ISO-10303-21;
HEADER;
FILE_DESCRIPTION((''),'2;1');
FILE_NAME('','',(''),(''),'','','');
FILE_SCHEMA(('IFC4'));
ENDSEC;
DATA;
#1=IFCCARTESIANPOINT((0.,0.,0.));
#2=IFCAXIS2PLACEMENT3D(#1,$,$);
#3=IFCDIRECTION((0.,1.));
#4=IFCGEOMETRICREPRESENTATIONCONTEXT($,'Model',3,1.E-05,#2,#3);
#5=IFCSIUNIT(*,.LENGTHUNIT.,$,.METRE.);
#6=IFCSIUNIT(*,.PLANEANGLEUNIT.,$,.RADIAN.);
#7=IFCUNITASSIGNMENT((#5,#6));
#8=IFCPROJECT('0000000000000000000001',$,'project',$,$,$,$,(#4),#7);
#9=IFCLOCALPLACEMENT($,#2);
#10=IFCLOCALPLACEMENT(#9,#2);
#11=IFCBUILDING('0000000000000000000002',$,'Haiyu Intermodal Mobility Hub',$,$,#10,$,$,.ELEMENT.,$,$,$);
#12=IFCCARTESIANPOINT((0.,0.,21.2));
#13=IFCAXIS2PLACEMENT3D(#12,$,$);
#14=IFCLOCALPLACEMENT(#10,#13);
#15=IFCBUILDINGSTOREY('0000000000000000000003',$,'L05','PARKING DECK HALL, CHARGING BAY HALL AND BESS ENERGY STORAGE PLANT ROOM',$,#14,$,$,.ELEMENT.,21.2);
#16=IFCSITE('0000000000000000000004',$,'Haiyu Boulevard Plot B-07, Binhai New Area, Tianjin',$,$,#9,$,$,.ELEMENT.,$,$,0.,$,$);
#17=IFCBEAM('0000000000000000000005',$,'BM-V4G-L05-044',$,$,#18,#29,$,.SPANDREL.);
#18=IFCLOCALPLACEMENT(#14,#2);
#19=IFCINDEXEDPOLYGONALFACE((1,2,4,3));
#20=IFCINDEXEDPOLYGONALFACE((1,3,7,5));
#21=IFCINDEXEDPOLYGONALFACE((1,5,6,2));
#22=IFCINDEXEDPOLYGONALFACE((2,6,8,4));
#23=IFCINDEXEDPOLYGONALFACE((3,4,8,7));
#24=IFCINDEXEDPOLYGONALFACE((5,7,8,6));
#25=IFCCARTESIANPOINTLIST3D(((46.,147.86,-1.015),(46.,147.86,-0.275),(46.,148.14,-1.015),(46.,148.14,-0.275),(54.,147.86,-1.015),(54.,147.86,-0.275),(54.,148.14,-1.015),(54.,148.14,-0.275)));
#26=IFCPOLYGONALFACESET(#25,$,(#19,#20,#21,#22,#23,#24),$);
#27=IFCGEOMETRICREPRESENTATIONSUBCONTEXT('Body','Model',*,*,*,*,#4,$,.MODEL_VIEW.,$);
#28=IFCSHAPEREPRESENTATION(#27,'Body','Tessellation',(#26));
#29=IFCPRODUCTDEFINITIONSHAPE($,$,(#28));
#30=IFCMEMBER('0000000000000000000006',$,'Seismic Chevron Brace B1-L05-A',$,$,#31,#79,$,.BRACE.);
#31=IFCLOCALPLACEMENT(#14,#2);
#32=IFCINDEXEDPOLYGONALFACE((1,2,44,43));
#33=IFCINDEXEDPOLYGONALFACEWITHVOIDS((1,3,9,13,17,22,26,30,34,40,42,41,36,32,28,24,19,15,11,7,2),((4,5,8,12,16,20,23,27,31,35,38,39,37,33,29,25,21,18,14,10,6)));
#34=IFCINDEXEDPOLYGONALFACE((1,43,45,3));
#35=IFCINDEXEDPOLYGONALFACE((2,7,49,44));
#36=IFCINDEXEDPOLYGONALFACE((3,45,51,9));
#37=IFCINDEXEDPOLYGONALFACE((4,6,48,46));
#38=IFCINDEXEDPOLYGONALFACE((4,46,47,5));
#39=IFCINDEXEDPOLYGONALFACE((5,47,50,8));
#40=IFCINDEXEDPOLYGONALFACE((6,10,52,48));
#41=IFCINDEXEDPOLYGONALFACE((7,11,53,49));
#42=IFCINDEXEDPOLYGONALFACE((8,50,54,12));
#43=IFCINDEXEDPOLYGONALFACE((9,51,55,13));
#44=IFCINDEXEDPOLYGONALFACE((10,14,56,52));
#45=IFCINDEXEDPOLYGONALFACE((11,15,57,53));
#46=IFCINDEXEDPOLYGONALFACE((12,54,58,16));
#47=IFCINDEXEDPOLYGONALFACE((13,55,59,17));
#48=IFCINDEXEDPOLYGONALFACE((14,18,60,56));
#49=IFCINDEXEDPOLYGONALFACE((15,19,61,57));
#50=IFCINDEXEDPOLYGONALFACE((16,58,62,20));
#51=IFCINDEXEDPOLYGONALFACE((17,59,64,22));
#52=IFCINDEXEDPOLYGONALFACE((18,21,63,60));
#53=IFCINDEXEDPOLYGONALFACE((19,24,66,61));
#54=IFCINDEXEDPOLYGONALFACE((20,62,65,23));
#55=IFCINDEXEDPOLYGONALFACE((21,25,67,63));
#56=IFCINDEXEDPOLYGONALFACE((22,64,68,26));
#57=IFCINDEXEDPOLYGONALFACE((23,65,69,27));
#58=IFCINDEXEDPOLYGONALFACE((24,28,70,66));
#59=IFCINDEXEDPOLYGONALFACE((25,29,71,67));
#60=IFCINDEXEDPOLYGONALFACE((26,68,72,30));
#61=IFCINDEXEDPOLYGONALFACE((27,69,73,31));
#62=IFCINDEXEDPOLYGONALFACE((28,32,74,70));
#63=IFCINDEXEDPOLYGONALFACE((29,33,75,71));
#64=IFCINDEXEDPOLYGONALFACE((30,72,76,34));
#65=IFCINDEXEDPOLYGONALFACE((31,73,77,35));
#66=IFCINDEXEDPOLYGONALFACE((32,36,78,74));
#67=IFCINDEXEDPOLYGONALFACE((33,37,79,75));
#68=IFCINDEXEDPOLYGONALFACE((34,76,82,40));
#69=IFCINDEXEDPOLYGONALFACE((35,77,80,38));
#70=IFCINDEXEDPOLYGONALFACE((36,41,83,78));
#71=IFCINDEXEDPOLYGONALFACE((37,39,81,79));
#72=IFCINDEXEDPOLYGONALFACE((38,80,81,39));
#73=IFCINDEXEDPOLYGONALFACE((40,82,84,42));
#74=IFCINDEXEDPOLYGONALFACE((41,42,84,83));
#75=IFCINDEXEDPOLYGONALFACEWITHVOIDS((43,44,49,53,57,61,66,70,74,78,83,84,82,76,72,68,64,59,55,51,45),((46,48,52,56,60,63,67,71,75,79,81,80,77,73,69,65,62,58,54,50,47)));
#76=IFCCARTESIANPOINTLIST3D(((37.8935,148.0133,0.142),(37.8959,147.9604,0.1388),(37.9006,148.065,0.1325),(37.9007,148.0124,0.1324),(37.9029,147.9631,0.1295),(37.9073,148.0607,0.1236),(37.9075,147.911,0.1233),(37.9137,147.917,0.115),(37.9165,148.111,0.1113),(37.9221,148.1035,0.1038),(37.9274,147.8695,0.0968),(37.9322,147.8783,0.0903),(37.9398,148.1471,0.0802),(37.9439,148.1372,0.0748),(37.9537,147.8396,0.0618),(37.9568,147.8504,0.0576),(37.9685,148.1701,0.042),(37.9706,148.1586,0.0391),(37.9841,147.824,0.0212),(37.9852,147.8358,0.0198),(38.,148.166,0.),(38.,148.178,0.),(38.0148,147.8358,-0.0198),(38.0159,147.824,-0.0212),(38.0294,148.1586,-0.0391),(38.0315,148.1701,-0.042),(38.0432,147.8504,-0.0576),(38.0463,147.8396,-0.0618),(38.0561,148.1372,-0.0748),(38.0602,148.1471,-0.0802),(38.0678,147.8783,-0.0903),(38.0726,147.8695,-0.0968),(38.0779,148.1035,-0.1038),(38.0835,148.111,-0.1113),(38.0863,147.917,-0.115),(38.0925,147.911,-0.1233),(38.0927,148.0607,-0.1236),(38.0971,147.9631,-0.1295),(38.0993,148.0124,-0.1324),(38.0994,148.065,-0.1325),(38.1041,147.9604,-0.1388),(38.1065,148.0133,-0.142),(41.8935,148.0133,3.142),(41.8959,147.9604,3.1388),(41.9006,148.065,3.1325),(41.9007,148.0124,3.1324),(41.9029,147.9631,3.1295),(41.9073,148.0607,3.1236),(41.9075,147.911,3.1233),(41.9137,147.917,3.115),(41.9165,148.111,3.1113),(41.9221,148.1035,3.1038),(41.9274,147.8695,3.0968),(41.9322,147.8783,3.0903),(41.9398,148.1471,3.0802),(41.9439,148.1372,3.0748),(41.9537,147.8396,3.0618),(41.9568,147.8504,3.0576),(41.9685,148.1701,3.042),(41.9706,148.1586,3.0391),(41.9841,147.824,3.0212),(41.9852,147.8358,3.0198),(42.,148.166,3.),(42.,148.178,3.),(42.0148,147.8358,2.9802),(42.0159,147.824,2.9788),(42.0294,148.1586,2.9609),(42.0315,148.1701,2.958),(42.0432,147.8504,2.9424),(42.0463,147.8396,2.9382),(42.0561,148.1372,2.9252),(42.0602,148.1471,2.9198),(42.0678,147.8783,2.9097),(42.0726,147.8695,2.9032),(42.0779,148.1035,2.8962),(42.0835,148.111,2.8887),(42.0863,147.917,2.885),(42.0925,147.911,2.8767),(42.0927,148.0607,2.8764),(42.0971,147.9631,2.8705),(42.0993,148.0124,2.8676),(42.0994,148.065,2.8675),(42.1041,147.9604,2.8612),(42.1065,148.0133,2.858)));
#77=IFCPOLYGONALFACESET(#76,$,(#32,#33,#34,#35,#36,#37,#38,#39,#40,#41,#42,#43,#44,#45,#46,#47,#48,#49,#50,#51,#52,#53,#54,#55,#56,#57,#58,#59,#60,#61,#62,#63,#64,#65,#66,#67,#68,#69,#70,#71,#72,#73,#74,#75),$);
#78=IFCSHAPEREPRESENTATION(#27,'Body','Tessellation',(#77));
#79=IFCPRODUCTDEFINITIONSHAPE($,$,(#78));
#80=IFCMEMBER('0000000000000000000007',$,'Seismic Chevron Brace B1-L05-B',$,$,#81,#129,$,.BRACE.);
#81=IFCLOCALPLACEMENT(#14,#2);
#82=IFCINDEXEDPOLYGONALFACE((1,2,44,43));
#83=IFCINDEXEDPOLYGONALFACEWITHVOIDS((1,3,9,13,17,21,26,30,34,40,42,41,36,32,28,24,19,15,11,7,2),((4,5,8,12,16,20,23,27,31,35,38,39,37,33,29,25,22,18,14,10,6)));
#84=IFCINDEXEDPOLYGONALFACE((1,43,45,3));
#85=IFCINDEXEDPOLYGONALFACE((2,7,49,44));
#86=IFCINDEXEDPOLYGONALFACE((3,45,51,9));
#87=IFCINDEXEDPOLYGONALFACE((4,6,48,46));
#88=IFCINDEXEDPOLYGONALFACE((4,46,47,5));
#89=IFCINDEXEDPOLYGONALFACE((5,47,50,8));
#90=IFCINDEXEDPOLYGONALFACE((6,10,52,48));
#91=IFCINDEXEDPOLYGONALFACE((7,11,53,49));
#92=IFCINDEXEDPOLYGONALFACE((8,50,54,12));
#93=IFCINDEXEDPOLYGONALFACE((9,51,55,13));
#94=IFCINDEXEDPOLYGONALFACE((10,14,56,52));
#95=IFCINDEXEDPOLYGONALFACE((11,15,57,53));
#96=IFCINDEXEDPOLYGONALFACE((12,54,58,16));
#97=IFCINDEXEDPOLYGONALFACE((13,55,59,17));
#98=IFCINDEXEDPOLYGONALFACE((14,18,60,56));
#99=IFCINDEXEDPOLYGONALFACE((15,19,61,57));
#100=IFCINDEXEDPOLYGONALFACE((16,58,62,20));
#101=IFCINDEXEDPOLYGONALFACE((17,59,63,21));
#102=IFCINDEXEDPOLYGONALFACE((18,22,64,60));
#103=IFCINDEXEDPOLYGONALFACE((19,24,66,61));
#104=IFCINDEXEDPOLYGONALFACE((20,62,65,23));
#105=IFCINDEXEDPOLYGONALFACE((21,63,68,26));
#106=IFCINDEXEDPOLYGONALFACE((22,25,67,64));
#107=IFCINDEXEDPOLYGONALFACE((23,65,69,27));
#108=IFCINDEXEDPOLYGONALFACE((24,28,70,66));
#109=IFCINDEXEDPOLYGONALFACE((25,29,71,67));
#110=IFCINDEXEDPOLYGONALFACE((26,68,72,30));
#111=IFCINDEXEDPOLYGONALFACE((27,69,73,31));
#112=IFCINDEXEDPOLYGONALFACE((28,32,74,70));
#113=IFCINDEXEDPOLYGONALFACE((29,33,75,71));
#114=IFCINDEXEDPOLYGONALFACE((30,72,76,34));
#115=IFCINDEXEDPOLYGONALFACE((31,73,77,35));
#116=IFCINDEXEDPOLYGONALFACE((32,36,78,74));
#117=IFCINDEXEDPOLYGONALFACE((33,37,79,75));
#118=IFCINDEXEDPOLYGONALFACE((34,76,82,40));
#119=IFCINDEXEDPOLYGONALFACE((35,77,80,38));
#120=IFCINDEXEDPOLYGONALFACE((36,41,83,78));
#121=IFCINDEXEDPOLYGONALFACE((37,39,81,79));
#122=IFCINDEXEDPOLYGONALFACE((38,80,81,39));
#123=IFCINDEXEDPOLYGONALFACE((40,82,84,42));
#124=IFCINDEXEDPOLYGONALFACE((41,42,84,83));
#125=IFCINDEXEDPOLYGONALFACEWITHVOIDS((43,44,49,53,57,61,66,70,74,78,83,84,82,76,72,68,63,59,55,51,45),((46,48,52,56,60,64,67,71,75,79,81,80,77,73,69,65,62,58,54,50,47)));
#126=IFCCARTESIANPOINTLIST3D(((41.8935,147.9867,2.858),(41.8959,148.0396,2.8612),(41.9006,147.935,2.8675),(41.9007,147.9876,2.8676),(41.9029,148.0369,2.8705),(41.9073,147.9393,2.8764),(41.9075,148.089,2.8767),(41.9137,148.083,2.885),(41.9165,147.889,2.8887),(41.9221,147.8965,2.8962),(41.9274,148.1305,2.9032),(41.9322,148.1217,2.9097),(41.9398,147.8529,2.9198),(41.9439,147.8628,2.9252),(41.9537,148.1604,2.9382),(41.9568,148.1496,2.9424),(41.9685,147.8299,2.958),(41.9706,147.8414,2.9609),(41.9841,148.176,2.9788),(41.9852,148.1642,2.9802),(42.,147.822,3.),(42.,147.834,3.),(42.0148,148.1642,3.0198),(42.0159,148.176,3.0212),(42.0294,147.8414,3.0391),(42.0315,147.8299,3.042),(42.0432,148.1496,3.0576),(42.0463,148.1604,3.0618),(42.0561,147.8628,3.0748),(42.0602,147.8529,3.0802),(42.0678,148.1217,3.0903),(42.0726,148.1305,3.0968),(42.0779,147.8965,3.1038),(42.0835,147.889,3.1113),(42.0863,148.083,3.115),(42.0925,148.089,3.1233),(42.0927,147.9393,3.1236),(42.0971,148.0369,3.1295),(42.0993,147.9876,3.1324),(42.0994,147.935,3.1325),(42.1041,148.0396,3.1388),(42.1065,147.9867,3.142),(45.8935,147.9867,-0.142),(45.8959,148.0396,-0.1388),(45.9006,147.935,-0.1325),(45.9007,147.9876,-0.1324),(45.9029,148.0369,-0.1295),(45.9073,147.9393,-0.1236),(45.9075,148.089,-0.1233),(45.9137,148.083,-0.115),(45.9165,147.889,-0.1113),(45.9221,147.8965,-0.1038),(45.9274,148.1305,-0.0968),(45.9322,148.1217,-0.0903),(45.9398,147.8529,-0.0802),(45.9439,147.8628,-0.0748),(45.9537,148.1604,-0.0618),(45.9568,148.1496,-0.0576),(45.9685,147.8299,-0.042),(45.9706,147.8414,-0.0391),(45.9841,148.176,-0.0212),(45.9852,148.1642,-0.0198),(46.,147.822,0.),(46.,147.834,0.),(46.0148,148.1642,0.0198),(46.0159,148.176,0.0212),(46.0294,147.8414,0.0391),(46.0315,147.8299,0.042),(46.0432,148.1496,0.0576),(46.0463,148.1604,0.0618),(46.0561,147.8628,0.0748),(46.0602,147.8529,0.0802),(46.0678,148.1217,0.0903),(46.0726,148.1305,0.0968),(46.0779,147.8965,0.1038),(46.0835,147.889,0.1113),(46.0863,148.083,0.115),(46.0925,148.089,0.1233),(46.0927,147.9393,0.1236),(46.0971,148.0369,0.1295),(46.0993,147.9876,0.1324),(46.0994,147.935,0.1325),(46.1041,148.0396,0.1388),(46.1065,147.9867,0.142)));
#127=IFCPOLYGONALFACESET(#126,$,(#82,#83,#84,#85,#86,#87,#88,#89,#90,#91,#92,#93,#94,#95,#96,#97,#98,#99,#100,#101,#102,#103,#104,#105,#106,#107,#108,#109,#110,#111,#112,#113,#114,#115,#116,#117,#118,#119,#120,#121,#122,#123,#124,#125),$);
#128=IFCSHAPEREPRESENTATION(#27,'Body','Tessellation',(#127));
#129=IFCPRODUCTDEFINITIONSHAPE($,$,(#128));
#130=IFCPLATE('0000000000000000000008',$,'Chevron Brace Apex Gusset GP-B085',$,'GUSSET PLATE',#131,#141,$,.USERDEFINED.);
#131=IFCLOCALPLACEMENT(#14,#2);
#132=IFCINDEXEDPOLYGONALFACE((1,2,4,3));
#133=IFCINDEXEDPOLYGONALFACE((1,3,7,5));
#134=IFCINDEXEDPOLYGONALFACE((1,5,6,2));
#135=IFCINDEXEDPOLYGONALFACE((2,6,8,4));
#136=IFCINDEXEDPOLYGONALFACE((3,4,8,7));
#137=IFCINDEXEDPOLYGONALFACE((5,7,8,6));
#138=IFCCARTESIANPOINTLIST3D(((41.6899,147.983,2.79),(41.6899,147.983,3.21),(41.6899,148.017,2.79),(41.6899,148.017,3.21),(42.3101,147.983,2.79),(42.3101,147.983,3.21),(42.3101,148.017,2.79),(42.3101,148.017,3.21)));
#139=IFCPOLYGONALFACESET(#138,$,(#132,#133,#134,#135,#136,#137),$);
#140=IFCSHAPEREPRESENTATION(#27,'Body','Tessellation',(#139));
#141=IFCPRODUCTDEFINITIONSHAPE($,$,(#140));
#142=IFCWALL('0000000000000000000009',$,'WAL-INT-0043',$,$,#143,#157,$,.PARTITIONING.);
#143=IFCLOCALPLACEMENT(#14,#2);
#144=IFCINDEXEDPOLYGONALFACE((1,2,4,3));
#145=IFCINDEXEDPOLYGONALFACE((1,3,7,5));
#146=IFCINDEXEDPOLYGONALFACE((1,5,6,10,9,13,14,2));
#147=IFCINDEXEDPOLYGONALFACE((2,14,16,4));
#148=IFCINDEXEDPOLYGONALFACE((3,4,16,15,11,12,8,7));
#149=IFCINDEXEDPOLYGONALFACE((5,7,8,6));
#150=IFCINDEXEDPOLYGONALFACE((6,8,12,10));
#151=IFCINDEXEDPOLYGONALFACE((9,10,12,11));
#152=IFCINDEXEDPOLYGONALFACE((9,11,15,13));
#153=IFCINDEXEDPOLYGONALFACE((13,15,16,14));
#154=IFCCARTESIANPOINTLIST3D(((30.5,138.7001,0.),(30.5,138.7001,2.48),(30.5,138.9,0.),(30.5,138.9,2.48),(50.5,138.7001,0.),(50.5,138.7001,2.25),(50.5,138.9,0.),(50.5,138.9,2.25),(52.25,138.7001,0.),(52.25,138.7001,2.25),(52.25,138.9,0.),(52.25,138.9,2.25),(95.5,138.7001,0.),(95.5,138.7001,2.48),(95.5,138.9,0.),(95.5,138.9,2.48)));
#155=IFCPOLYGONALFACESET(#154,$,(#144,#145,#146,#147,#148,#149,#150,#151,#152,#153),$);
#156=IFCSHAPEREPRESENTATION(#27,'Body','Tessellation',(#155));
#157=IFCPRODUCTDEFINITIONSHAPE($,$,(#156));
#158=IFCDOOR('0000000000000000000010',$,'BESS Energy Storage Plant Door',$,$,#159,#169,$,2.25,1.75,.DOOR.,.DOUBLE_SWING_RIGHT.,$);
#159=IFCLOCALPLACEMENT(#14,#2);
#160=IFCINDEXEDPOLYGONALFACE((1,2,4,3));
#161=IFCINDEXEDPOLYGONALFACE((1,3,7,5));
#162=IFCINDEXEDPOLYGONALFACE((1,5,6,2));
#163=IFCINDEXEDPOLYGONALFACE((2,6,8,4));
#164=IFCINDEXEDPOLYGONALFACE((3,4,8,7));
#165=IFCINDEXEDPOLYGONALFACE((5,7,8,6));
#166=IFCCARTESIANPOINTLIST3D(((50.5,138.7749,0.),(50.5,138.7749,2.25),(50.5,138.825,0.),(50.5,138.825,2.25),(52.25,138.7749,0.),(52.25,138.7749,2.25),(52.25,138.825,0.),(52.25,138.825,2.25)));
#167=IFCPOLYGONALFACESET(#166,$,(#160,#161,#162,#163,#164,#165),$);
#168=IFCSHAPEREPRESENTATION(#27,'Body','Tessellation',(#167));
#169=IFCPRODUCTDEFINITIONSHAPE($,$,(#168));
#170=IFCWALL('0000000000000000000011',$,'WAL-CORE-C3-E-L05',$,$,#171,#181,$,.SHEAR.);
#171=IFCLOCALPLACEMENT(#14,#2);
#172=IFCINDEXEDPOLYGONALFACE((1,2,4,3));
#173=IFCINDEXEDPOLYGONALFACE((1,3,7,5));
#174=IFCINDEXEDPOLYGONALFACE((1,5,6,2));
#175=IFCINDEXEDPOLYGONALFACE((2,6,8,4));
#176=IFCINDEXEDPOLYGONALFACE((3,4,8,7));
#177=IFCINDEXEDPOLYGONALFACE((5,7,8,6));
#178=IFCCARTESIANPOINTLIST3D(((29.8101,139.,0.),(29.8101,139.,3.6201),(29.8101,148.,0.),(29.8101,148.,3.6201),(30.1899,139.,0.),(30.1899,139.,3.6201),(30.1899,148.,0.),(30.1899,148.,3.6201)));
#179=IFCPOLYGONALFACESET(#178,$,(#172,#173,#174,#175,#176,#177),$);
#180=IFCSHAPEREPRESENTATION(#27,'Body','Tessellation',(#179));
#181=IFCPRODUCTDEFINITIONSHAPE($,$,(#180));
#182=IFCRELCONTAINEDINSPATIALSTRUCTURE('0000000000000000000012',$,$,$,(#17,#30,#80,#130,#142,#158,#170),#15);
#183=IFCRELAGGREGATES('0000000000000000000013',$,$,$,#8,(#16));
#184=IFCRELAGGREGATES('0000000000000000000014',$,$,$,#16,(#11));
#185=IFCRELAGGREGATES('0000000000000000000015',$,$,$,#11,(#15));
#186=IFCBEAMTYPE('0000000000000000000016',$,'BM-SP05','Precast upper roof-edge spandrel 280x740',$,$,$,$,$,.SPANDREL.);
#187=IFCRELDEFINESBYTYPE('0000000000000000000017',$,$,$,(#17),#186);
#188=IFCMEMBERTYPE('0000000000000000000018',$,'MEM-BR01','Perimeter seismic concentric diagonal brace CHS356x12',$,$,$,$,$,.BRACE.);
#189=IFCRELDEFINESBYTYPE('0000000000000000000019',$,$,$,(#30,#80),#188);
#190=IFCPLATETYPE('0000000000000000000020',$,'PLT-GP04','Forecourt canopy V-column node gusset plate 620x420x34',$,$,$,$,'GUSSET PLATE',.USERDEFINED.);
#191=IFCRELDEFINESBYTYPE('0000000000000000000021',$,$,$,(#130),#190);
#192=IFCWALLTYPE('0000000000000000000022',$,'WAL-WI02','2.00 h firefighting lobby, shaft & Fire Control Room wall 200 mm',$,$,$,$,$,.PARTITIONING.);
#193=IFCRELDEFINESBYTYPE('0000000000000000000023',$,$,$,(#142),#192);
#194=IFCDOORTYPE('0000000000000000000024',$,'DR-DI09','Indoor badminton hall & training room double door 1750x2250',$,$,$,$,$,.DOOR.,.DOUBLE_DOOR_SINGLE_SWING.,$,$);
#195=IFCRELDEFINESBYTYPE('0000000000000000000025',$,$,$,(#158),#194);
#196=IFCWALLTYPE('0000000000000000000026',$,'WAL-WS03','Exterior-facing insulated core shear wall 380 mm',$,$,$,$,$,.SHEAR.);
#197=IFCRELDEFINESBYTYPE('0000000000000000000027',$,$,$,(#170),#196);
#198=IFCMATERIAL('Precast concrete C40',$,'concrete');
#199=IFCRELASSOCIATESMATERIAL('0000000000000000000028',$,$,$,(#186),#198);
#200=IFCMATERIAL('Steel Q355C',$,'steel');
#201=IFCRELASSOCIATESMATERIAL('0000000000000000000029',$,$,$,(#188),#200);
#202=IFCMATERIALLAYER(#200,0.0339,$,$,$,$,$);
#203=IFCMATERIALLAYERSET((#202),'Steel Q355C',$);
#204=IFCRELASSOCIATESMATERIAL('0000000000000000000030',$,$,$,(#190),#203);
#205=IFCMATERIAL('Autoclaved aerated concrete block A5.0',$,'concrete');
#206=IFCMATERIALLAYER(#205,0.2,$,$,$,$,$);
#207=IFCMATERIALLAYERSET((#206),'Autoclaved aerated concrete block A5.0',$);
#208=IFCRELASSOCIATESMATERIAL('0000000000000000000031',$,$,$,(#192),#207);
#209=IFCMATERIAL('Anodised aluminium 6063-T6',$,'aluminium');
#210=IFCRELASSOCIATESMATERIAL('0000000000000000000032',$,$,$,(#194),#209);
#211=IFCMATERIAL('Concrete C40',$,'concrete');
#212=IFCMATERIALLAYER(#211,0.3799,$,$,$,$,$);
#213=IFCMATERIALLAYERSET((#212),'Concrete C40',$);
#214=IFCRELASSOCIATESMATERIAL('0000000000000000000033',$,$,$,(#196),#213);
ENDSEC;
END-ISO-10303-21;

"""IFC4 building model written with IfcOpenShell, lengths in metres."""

from ifc_helpers import new_model, si_unit, direction, frame, frame_2d, origin, origin_2d, place, context, subcontext, project, spatial, rectangle, hollow_circle, extrude, material, layer, layer_set, material_profile, profile_set, type_object, element, fill, save


model = new_model("IFC4")

# Units and contexts
model_context = context("Model", 3, precision=1e-05, world=origin(), true_north=direction((0.0, 1.0)))
body_context = subcontext(model_context, "Body", "Model", "MODEL_VIEW")
ifc_project = project(units=[si_unit("LENGTHUNIT", "METRE"), si_unit("PLANEANGLEUNIT", "RADIAN")], contexts=[model_context])

# Site, building, storey
site_placement = place(None, origin())
site = spatial("IfcSite", under=ifc_project, at=site_placement, Name="Haiyu Boulevard Plot B-07, Binhai New Area, Tianjin", CompositionType="ELEMENT", RefElevation=0.0)
building_placement = place(site_placement, origin())
building = spatial("IfcBuilding", under=site, at=building_placement, Name="Haiyu Intermodal Mobility Hub", CompositionType="ELEMENT")
storey_placement = place(building_placement, frame((0.0, 0.0, 21.2)))
storey = spatial("IfcBuildingStorey", under=building, at=storey_placement, Name="L05", Description="PARKING DECK HALL, CHARGING BAY HALL AND BESS ENERGY STORAGE PLANT ROOM", CompositionType="ELEMENT", Elevation=21.2)

# Shared definitions
ifc_material_1 = material(Name="Precast concrete C40", Category="concrete")
ifc_material_2 = material(Name="Steel Q355C", Category="steel")

# Beam
ifc_material_profile_1 = material_profile(ifc_material_1, rectangle(XDim=0.28, YDim=0.74, at=origin_2d()), Name="B280x740")
ifc_profile_set_1 = profile_set([ifc_material_profile_1], Name="Precast concrete C40")
beam_type_1 = type_object("IfcBeamType", Name="BM-SP05", Description="Precast upper roof-edge spandrel 280x740", PredefinedType="SPANDREL", material=ifc_profile_set_1)
for number, where, z_axis, x_axis, name in (
    (1, (46.0, 148.0, -0.645), (1.0, 0.0, 0.0), (0.0, 1.0, 0.0), "BM-V4G-L05-044"),
):
    element("IfcBeam", number, at=place(storey_placement, frame(where, z_axis=z_axis, x_axis=x_axis)), inside=storey, type_object=beam_type_1, Name=name, PredefinedType="SPANDREL", context=body_context, shape_type="SweptSolid", body=[
        extrude(rectangle(XDim=0.28, YDim=0.74, at=origin_2d()), origin(), (0.0, 0.0, 1.0), 8.0),
    ])

# Members
ifc_material_profile_2 = material_profile(ifc_material_2, hollow_circle(Radius=0.178, WallThickness=0.012, at=origin_2d()), Name="CHS356x12")
ifc_profile_set_2 = profile_set([ifc_material_profile_2], Name="Steel Q355C")
member_type = type_object("IfcMemberType", Name="MEM-BR01", Description="Perimeter seismic concentric diagonal brace CHS356x12", PredefinedType="BRACE", material=ifc_profile_set_2)
for number, where, z_axis, x_axis, name in (
    (2, (38.0, 148.0, 0.0), (0.8, 0.0, 0.6), (0.0, 1.0, 0.0), "Seismic Chevron Brace B1-L05-A"),
    (3, (46.0, 148.0, 0.0), (-0.8, 0.0, 0.6), (0.0, -1.0, 0.0), "Seismic Chevron Brace B1-L05-B"),
):
    element("IfcMember", number, at=place(storey_placement, frame(where, z_axis=z_axis, x_axis=x_axis)), inside=storey, type_object=member_type, Name=name, PredefinedType="BRACE", context=body_context, shape_type="SweptSolid", body=[
        extrude(hollow_circle(Radius=0.178, WallThickness=0.012, at=origin_2d()), origin(), (0.0, 0.0, 1.0), 5.0),
    ])

# Plate
ifc_layer_1 = layer(ifc_material_2, 0.0339)
ifc_layer_set_1 = layer_set([ifc_layer_1], Name="Steel Q355C")
plate_type = type_object("IfcPlateType", Name="PLT-GP04", Description="Forecourt canopy V-column node gusset plate 620x420x34", ElementType="GUSSET PLATE", PredefinedType="USERDEFINED", material=ifc_layer_set_1)
plate_placement = place(storey_placement, frame((42.0, 148.0, 2.79), z_axis=(0.0, 0.0, 1.0), x_axis=(1.0, 0.0, 0.0)))
element("IfcPlate", 4, at=plate_placement, inside=storey, type_object=plate_type, Name="Chevron Brace Apex Gusset GP-B085", ObjectType="GUSSET PLATE", PredefinedType="USERDEFINED", context=body_context, shape_type="SweptSolid", body=[
    extrude(rectangle(XDim=0.6201, YDim=0.0339, at=origin_2d()), origin(), (0.0, 0.0, 1.0), 0.4199),
])

# Wall, opening, door
ifc_material_3 = material(Name="Autoclaved aerated concrete block A5.0", Category="concrete")
ifc_layer_2 = layer(ifc_material_3, 0.2)
ifc_layer_set_2 = layer_set([ifc_layer_2], Name="Autoclaved aerated concrete block A5.0")
wall_type_1 = type_object("IfcWallType", Name="WAL-WI02", Description="2.00 h firefighting lobby, shaft & Fire Control Room wall 200 mm", PredefinedType="PARTITIONING", material=ifc_layer_set_2)
wall_1_placement = place(storey_placement, frame((30.5, 138.8, 0.0), z_axis=(0.0, 0.0, 1.0), x_axis=(1.0, 0.0, 0.0)))
wall_1 = element("IfcWall", 5, at=wall_1_placement, inside=storey, type_object=wall_type_1, Name="WAL-INT-0043", PredefinedType="PARTITIONING", context=body_context, shape_type="SweptSolid", body=[
    extrude(rectangle(XDim=65.0, YDim=0.2, at=frame_2d((32.5, 0.0))), origin(), (0.0, 0.0, 1.0), 2.48),
])
opening_placement = place(wall_1_placement, frame((20.0, 0.0, 0.0)))
opening = element("IfcOpeningElement", 6, at=opening_placement, cuts=wall_1, PredefinedType="OPENING", context=body_context, shape_type="SweptSolid", body=[
    extrude(rectangle(XDim=1.75, YDim=2.25, at=frame_2d((0.875, 1.125))), frame((0.0, 0.1099, 0.0), z_axis=(0.0, -1.0, 0.0), x_axis=(1.0, 0.0, 0.0)), (0.0, 0.0, 1.0), 0.22),
])
ifc_material_4 = material(Name="Anodised aluminium 6063-T6", Category="aluminium")
door_type = type_object("IfcDoorType", Name="DR-DI09", Description="Indoor badminton hall & training room double door 1750x2250", OperationType="DOUBLE_DOOR_SINGLE_SWING", PredefinedType="DOOR", material=ifc_material_4)
door_placement = place(opening_placement, origin())
door = element("IfcDoor", 7, at=door_placement, inside=storey, type_object=door_type, Name="BESS Energy Storage Plant Door", OperationType="DOUBLE_SWING_RIGHT", OverallHeight=2.25, OverallWidth=1.75, PredefinedType="DOOR", context=body_context, shape_type="SweptSolid", body=[
    extrude(rectangle(XDim=1.75, YDim=2.25, at=frame_2d((0.875, 1.125))), frame((0.0, 0.0249, 0.0), z_axis=(0.0, -1.0, 0.0), x_axis=(1.0, 0.0, 0.0)), (0.0, 0.0, 1.0), 0.05),
])
fill(opening, door)

# Wall
ifc_material_5 = material(Name="Concrete C40", Category="concrete")
ifc_layer_3 = layer(ifc_material_5, 0.3799)
ifc_layer_set_3 = layer_set([ifc_layer_3], Name="Concrete C40")
wall_type_2 = type_object("IfcWallType", Name="WAL-WS03", Description="Exterior-facing insulated core shear wall 380 mm", PredefinedType="SHEAR", material=ifc_layer_set_3)
wall_2_placement = place(storey_placement, frame((30.0, 139.0, 0.0), z_axis=(0.0, 0.0, 1.0), x_axis=(0.0, 1.0, 0.0)))
element("IfcWall", 8, at=wall_2_placement, inside=storey, type_object=wall_type_2, Name="WAL-CORE-C3-E-L05", PredefinedType="SHEAR", context=body_context, shape_type="SweptSolid", body=[
    extrude(rectangle(XDim=9.0, YDim=0.3799, at=frame_2d((4.5, 0.0))), origin(), (0.0, 0.0, 1.0), 3.6201),
])

save(model, "model.ifc")
